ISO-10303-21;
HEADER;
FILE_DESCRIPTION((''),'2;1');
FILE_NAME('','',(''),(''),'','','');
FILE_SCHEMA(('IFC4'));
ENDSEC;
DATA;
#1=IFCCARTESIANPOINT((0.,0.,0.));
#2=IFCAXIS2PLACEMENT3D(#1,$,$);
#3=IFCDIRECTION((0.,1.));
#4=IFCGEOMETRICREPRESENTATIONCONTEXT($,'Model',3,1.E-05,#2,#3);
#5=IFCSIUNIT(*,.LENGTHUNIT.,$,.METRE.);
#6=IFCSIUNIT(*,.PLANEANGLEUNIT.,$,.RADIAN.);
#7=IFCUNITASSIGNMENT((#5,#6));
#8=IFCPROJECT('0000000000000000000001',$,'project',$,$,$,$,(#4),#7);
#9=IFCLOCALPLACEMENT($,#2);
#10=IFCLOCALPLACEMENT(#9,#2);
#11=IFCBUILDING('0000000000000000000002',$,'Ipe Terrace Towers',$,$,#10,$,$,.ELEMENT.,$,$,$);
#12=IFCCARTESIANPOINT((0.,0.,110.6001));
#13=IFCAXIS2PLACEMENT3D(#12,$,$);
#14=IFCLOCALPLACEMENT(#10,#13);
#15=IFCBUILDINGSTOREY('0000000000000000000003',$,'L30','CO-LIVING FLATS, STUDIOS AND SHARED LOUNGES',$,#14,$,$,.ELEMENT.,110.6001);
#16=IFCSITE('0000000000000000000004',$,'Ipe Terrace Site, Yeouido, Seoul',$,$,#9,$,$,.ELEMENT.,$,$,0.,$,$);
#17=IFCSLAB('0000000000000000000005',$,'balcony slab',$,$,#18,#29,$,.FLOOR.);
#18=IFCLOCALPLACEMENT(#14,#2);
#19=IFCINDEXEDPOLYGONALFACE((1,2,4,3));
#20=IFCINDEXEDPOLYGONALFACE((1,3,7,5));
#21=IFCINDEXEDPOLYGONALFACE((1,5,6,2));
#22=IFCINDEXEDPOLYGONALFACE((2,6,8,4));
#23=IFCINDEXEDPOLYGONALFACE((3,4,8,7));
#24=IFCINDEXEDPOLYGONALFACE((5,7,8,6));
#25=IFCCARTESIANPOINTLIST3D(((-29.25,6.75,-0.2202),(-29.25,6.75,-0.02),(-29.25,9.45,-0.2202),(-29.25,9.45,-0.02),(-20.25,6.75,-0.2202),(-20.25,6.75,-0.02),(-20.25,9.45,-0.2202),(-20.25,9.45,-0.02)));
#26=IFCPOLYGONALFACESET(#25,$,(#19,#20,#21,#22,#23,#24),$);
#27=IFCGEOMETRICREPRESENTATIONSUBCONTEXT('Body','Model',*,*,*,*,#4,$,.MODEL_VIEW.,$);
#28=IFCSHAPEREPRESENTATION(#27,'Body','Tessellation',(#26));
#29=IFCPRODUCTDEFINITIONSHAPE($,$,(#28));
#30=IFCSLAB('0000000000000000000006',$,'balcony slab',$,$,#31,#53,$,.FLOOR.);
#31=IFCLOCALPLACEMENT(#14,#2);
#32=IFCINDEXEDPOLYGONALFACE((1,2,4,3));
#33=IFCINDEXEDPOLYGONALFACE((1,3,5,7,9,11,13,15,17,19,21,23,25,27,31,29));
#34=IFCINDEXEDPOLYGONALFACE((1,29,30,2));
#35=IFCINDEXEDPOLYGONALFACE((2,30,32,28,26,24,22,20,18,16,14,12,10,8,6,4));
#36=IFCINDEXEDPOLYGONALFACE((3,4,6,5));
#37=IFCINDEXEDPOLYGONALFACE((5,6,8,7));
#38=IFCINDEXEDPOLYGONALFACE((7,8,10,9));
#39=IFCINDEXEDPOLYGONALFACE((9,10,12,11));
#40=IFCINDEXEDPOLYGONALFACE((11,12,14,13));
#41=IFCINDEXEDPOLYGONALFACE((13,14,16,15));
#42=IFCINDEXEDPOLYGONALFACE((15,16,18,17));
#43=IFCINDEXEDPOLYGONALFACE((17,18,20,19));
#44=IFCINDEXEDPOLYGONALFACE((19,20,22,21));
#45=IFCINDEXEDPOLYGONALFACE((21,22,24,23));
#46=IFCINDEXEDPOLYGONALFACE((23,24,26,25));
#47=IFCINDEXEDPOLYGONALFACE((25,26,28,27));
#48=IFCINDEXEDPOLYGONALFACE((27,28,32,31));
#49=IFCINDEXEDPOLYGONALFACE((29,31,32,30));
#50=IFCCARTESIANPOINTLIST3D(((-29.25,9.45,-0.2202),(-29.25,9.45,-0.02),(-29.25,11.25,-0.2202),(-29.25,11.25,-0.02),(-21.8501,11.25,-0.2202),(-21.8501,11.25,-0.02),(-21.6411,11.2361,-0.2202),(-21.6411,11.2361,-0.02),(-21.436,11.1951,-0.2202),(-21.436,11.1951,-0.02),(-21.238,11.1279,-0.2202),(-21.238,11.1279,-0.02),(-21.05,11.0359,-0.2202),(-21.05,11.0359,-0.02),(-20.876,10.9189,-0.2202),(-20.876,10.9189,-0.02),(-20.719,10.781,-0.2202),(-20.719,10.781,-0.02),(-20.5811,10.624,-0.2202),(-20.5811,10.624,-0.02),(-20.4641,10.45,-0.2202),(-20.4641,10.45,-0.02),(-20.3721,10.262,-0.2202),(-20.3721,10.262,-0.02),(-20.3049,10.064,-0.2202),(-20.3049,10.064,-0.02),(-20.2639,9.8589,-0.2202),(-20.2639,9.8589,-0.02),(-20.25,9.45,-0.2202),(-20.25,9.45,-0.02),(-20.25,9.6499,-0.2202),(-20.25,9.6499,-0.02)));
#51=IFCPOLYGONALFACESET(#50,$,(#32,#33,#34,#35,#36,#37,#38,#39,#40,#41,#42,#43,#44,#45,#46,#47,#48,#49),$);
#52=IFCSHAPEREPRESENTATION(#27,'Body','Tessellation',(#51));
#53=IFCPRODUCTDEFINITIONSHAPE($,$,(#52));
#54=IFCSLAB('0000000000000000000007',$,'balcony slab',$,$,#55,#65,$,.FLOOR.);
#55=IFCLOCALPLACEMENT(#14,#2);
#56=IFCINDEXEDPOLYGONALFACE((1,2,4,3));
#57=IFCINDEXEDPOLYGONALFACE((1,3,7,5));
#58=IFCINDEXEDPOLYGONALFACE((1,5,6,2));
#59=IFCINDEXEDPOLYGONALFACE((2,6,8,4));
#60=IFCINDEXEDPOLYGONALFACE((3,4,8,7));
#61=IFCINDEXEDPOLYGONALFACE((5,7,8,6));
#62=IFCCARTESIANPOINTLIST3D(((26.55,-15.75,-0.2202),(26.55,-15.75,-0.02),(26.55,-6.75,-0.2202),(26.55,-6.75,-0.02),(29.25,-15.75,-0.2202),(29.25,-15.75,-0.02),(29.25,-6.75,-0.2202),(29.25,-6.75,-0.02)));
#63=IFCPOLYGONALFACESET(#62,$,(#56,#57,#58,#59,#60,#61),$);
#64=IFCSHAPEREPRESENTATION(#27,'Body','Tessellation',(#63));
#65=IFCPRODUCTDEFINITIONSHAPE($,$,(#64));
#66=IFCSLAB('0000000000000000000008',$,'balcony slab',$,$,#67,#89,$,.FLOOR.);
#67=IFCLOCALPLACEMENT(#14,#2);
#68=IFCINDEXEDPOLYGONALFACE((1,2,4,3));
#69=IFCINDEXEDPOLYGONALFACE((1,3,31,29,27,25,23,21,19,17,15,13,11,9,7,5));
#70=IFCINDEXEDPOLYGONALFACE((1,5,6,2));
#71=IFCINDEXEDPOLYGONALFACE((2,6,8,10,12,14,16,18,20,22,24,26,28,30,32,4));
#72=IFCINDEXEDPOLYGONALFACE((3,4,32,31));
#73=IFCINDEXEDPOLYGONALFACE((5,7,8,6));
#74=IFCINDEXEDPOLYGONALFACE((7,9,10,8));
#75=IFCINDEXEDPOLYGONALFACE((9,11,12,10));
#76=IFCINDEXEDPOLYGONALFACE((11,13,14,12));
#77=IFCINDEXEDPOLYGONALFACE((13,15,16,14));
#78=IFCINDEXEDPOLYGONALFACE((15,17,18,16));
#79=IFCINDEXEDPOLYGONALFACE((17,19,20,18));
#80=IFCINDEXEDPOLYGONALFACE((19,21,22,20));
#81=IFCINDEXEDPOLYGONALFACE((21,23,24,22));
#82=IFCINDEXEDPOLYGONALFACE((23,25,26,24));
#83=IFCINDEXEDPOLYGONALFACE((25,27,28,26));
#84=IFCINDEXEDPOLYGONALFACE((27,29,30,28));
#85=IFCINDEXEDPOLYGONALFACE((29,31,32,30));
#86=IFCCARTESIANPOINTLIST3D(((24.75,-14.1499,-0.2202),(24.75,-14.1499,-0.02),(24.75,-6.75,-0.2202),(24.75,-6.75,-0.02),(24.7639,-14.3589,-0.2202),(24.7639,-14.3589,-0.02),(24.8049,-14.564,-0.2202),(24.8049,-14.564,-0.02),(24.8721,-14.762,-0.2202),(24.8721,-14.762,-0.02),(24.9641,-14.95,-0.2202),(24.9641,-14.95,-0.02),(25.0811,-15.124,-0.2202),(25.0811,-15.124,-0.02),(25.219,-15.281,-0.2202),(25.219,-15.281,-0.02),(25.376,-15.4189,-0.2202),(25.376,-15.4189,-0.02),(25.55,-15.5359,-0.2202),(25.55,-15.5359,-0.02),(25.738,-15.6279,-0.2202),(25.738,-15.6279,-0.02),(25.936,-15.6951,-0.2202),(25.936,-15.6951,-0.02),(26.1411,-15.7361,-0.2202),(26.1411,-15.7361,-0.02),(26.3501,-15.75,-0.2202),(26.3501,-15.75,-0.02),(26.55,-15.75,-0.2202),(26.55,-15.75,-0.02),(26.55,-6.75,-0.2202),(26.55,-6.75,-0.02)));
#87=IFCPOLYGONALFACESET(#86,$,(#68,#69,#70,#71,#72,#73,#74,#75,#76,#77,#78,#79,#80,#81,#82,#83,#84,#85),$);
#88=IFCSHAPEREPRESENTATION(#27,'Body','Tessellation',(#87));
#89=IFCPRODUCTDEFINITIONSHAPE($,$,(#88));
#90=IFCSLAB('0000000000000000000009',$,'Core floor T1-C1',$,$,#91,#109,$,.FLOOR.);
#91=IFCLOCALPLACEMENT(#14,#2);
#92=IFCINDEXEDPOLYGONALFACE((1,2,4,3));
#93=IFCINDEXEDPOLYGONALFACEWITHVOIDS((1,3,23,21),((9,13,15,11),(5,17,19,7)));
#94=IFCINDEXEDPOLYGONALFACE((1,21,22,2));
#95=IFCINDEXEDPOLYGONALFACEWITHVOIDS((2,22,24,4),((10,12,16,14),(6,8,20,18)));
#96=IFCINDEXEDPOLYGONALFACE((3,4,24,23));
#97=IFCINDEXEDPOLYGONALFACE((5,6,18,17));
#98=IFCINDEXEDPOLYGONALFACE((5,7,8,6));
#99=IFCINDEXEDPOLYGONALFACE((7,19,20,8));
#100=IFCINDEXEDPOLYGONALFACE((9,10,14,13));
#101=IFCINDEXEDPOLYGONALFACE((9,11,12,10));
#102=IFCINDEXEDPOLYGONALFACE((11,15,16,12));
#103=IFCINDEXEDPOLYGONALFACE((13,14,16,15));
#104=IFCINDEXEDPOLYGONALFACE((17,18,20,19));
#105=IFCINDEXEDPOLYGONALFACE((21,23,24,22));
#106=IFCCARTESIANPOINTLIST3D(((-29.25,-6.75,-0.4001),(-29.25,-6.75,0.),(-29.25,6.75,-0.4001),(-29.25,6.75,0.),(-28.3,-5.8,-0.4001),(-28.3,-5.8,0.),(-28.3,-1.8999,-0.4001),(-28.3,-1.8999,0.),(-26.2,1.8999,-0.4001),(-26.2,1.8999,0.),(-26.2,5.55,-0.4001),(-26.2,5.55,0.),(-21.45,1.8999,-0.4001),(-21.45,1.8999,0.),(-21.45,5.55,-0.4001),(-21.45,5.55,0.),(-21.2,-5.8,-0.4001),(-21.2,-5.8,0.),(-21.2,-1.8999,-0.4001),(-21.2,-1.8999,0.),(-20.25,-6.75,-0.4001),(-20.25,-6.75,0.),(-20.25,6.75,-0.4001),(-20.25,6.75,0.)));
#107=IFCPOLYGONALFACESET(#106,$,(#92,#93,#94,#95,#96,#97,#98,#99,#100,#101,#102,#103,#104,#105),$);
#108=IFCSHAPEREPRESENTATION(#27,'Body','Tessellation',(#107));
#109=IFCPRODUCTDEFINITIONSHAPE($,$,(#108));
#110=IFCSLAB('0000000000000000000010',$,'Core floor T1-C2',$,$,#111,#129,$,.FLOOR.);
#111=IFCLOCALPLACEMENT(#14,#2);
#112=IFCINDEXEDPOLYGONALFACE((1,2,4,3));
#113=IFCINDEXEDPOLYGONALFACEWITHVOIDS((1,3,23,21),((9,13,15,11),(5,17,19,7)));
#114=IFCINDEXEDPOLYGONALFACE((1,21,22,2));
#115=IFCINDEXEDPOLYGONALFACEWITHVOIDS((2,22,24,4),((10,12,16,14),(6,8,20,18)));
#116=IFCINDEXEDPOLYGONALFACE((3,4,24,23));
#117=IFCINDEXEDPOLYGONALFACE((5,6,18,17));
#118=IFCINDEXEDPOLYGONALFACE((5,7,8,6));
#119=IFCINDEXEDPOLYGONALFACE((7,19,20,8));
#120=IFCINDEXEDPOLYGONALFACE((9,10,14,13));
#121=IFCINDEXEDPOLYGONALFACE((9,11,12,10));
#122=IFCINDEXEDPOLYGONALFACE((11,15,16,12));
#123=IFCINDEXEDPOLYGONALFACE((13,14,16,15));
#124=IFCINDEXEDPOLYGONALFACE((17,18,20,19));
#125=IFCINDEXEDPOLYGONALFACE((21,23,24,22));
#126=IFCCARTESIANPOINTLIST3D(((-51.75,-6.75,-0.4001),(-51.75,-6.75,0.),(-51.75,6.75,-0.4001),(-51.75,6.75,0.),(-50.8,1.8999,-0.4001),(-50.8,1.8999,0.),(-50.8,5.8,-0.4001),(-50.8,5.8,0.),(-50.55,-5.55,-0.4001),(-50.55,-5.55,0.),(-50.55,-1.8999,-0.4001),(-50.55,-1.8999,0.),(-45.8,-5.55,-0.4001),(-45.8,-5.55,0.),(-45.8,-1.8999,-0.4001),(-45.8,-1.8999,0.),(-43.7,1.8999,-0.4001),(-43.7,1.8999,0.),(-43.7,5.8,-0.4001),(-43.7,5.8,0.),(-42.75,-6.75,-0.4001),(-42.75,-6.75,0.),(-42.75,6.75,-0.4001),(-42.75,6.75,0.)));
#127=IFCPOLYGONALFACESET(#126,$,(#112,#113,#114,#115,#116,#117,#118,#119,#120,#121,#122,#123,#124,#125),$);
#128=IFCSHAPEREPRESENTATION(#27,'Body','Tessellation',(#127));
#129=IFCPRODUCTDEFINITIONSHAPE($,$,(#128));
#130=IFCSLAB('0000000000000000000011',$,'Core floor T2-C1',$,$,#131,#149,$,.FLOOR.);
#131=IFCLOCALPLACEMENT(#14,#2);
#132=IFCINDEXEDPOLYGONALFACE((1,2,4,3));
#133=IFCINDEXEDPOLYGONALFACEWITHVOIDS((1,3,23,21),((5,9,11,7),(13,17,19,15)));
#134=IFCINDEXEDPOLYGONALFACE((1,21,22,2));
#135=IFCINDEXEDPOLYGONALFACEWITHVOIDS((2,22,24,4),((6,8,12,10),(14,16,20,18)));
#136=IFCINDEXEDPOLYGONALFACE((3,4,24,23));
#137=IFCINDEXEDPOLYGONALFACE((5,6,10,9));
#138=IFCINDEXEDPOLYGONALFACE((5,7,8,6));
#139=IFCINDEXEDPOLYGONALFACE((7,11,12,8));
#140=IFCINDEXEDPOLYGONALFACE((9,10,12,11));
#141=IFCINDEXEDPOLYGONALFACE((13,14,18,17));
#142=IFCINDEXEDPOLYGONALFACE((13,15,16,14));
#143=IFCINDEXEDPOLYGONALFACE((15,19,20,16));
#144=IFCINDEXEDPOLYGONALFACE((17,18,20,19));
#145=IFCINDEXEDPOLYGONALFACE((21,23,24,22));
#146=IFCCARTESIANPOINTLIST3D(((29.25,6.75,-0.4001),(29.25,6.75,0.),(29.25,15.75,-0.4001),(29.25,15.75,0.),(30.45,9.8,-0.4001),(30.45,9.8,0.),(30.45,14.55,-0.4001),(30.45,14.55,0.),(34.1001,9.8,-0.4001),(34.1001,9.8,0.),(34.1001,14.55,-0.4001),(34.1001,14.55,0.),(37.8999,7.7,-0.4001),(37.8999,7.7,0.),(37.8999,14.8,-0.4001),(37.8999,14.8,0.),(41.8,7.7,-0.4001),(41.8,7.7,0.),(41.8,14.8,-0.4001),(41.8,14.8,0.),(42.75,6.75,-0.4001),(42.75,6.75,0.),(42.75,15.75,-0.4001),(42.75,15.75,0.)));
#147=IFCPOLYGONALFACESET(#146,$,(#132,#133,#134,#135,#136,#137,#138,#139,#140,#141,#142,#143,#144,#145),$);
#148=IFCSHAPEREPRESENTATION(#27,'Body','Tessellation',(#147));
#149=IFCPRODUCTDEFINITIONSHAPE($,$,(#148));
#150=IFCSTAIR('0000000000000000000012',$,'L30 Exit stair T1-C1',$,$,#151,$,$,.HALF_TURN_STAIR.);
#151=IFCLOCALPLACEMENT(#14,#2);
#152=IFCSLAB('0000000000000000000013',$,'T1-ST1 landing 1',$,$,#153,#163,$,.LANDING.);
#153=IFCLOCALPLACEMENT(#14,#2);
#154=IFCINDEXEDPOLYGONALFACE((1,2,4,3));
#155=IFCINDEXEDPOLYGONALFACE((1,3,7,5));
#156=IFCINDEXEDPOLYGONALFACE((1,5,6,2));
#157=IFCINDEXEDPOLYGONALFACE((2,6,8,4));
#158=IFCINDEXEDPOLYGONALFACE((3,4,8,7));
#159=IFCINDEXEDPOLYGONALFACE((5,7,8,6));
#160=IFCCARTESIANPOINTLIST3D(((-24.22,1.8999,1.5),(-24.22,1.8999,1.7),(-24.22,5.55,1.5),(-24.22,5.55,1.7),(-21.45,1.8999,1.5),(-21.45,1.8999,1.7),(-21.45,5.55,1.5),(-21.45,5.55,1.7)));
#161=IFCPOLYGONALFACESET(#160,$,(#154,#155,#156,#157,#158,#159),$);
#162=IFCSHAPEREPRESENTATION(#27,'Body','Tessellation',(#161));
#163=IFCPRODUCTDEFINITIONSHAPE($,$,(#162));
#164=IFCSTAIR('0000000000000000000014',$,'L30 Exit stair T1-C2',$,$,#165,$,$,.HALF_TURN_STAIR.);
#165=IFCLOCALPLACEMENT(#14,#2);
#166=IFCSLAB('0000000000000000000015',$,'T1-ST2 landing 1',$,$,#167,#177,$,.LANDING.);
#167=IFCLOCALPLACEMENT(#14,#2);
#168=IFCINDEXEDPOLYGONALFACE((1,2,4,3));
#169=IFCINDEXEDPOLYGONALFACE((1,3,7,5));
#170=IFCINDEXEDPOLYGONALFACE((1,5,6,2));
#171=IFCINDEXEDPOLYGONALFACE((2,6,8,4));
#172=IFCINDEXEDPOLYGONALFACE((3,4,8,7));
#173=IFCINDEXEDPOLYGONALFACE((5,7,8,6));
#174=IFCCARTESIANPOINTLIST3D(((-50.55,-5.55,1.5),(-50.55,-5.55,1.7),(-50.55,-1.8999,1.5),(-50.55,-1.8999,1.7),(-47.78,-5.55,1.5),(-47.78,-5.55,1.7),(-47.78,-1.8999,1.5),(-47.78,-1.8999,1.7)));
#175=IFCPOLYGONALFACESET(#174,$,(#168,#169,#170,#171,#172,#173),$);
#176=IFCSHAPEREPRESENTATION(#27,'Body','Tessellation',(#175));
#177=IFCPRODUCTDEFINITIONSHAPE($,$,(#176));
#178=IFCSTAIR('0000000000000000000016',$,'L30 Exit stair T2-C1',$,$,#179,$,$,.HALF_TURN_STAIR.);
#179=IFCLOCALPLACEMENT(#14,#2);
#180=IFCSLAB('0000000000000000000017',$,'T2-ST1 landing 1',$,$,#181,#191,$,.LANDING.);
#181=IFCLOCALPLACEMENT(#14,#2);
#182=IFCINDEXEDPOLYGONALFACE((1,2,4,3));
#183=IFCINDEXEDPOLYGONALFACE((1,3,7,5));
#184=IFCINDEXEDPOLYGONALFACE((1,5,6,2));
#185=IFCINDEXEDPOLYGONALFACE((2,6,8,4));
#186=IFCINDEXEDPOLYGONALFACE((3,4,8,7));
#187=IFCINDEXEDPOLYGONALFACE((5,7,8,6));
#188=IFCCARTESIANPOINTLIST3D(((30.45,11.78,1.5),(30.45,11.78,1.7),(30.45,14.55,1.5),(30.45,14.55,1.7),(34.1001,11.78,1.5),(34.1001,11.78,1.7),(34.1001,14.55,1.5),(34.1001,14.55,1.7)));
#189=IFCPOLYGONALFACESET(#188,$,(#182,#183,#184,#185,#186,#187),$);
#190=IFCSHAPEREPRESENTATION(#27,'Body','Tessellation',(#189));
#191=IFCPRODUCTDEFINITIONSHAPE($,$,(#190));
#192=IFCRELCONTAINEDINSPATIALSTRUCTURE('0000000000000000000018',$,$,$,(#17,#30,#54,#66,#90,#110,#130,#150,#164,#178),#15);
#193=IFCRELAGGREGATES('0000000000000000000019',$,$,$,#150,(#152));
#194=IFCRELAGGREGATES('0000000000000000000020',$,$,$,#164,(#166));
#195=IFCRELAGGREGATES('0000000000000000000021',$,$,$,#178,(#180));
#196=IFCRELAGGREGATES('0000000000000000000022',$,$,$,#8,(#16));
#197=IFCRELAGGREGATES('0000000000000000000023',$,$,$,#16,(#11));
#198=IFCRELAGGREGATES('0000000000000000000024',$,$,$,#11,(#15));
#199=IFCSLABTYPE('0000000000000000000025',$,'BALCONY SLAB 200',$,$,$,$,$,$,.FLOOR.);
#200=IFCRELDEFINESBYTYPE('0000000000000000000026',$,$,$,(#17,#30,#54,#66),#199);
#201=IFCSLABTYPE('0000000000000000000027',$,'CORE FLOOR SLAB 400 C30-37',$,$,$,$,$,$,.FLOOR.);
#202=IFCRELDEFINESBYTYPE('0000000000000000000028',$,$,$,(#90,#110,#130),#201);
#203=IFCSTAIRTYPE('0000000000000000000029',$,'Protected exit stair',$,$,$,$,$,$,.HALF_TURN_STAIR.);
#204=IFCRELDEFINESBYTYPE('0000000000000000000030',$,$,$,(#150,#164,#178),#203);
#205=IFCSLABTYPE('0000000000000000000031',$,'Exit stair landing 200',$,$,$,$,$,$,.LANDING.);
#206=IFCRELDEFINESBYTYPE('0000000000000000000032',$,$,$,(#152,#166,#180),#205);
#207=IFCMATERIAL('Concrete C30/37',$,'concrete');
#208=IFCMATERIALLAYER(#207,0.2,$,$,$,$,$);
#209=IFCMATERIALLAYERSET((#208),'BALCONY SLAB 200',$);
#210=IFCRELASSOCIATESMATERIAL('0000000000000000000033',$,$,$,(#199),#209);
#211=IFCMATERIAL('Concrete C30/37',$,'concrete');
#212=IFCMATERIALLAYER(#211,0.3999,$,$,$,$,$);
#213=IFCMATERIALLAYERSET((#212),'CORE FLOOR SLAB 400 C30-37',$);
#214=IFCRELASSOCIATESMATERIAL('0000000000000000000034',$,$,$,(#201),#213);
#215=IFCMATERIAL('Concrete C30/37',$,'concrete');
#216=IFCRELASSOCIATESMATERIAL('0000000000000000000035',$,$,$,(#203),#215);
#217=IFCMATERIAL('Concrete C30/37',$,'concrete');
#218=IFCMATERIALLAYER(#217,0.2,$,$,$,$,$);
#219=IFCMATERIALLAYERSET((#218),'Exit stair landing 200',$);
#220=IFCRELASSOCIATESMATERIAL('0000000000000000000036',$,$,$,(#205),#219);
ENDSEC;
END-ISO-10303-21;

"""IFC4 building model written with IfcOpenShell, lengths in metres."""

from ifc_helpers import new_model, si_unit, direction, frame, origin, place, context, subcontext, project, spatial, polyline, outline, extrude, material, layer, layer_set, type_object, element, aggregate, save


model = new_model("IFC4")

# Units and contexts
model_context = context("Model", 3, precision=1e-05, world=origin(), true_north=direction((0.0, 1.0)))
body_context = subcontext(model_context, "Body", "Model", "MODEL_VIEW")
ifc_project = project(units=[si_unit("LENGTHUNIT", "METRE"), si_unit("PLANEANGLEUNIT", "RADIAN")], contexts=[model_context])

# Site, building, storey
site_placement = place(None, origin())
site = spatial("IfcSite", under=ifc_project, at=site_placement, Name="Ipe Terrace Site, Yeouido, Seoul", CompositionType="ELEMENT", RefElevation=0.0)
building_placement = place(site_placement, origin())
building = spatial("IfcBuilding", under=site, at=building_placement, Name="Ipe Terrace Towers", CompositionType="ELEMENT")
storey_placement = place(building_placement, frame((0.0, 0.0, 110.6001)))
storey = spatial("IfcBuildingStorey", under=building, at=storey_placement, Name="L30", Description="CO-LIVING FLATS, STUDIOS AND SHARED LOUNGES", CompositionType="ELEMENT", Elevation=110.6001)

# Slabs
ifc_material_1 = material(Name="Concrete C30/37", Category="concrete")
ifc_layer_1 = layer(ifc_material_1, 0.2)
ifc_layer_set_1 = layer_set([ifc_layer_1], Name="BALCONY SLAB 200")
slab_type_1 = type_object("IfcSlabType", Name="BALCONY SLAB 200", PredefinedType="FLOOR", material=ifc_layer_set_1)
slab_1_placement = place(storey_placement, frame((0.0, 0.0, -0.2202)))
element("IfcSlab", 1, at=slab_1_placement, inside=storey, type_object=slab_type_1, Name="balcony slab", PredefinedType="FLOOR", context=body_context, shape_type="SweptSolid", body=[
    extrude(outline(polyline([(-20.25, 6.75), (-20.25, 9.45), (-29.25, 9.45), (-29.25, 6.75), (-20.25, 6.75)])), origin(), (0.0, 0.0, 1.0), 0.2002),
])
slab_2_placement = place(storey_placement, frame((0.0, 0.0, -0.2202)))
element("IfcSlab", 2, at=slab_2_placement, inside=storey, type_object=slab_type_1, Name="balcony slab", PredefinedType="FLOOR", context=body_context, shape_type="SweptSolid", body=[
    extrude(outline(polyline([(-29.25, 11.25), (-29.25, 9.45), (-20.25, 9.45), (-20.25, 9.6499), (-20.2639, 9.8589), (-20.3049, 10.064), (-20.3721, 10.262), (-20.4641, 10.45), (-20.5811, 10.624), (-20.719, 10.781), (-20.876, 10.9189), (-21.05, 11.0359), (-21.238, 11.1279), (-21.436, 11.1951), (-21.6411, 11.2361), (-21.8501, 11.25), (-29.25, 11.25)])), origin(), (0.0, 0.0, 1.0), 0.2002),
])
slab_3_placement = place(storey_placement, frame((0.0, 0.0, -0.2202)))
element("IfcSlab", 3, at=slab_3_placement, inside=storey, type_object=slab_type_1, Name="balcony slab", PredefinedType="FLOOR", context=body_context, shape_type="SweptSolid", body=[
    extrude(outline(polyline([(29.25, -15.75), (29.25, -6.75), (26.55, -6.75), (26.55, -15.75), (29.25, -15.75)])), origin(), (0.0, 0.0, 1.0), 0.2002),
])
slab_4_placement = place(storey_placement, frame((0.0, 0.0, -0.2202)))
element("IfcSlab", 4, at=slab_4_placement, inside=storey, type_object=slab_type_1, Name="balcony slab", PredefinedType="FLOOR", context=body_context, shape_type="SweptSolid", body=[
    extrude(outline(polyline([(24.75, -6.75), (24.75, -14.1499), (24.7639, -14.3589), (24.8049, -14.564), (24.8721, -14.762), (24.9641, -14.95), (25.0811, -15.124), (25.219, -15.281), (25.376, -15.4189), (25.55, -15.5359), (25.738, -15.6279), (25.936, -15.6951), (26.1411, -15.7361), (26.3501, -15.75), (26.55, -15.75), (26.55, -6.75), (24.75, -6.75)])), origin(), (0.0, 0.0, 1.0), 0.2002),
])
ifc_material_2 = material(Name="Concrete C30/37", Category="concrete")
ifc_layer_2 = layer(ifc_material_2, 0.3999)
ifc_layer_set_2 = layer_set([ifc_layer_2], Name="CORE FLOOR SLAB 400 C30-37")
slab_type_2 = type_object("IfcSlabType", Name="CORE FLOOR SLAB 400 C30-37", PredefinedType="FLOOR", material=ifc_layer_set_2)
slab_5_placement = place(storey_placement, frame((0.0, 0.0, -0.4001)))
element("IfcSlab", 5, at=slab_5_placement, inside=storey, type_object=slab_type_2, Name="Core floor T1-C1", PredefinedType="FLOOR", context=body_context, shape_type="SweptSolid", body=[
    extrude(outline(polyline([(-29.25, -6.75), (-29.25, 6.75), (-20.25, 6.75), (-20.25, -6.75), (-29.25, -6.75)]), holes=[polyline([(-28.3, -5.8), (-21.2, -5.8), (-21.2, -1.8999), (-28.3, -1.8999), (-28.3, -5.8)]), polyline([(-26.2, 5.55), (-26.2, 1.8999), (-21.45, 1.8999), (-21.45, 5.55), (-26.2, 5.55)])]), origin(), (0.0, 0.0, 1.0), 0.4001),
])
slab_6_placement = place(storey_placement, frame((0.0, 0.0, -0.4001)))
element("IfcSlab", 6, at=slab_6_placement, inside=storey, type_object=slab_type_2, Name="Core floor T1-C2", PredefinedType="FLOOR", context=body_context, shape_type="SweptSolid", body=[
    extrude(outline(polyline([(-51.75, -6.75), (-51.75, 6.75), (-42.75, 6.75), (-42.75, -6.75), (-51.75, -6.75)]), holes=[polyline([(-45.8, -5.55), (-45.8, -1.8999), (-50.55, -1.8999), (-50.55, -5.55), (-45.8, -5.55)]), polyline([(-50.8, 1.8999), (-43.7, 1.8999), (-43.7, 5.8), (-50.8, 5.8), (-50.8, 1.8999)])]), origin(), (0.0, 0.0, 1.0), 0.4001),
])
slab_7_placement = place(storey_placement, frame((0.0, 0.0, -0.4001)))
element("IfcSlab", 7, at=slab_7_placement, inside=storey, type_object=slab_type_2, Name="Core floor T2-C1", PredefinedType="FLOOR", context=body_context, shape_type="SweptSolid", body=[
    extrude(outline(polyline([(29.25, 6.75), (29.25, 15.75), (42.75, 15.75), (42.75, 6.75), (29.25, 6.75)]), holes=[polyline([(41.8, 7.7), (41.8, 14.8), (37.8999, 14.8), (37.8999, 7.7), (41.8, 7.7)]), polyline([(30.45, 9.8), (34.1001, 9.8), (34.1001, 14.55), (30.45, 14.55), (30.45, 9.8)])]), origin(), (0.0, 0.0, 1.0), 0.4001),
])

# Stairs, slabs
ifc_material_3 = material(Name="Concrete C30/37", Category="concrete")
stair_type = type_object("IfcStairType", Name="Protected exit stair", PredefinedType="HALF_TURN_STAIR", material=ifc_material_3)
stair_1_placement = place(storey_placement, origin())
stair_1 = element("IfcStair", 8, at=stair_1_placement, inside=storey, type_object=stair_type, Name="L30 Exit stair T1-C1", PredefinedType="HALF_TURN_STAIR")
ifc_material_4 = material(Name="Concrete C30/37", Category="concrete")
ifc_layer_3 = layer(ifc_material_4, 0.2)
ifc_layer_set_3 = layer_set([ifc_layer_3], Name="Exit stair landing 200")
slab_type_3 = type_object("IfcSlabType", Name="Exit stair landing 200", PredefinedType="LANDING", material=ifc_layer_set_3)
slab_8_placement = place(storey_placement, frame((0.0, 0.0, 1.5)))
slab_8 = element("IfcSlab", 9, at=slab_8_placement, type_object=slab_type_3, Name="T1-ST1 landing 1", PredefinedType="LANDING", context=body_context, shape_type="SweptSolid", body=[
    extrude(outline(polyline([(-24.22, 1.8999), (-21.45, 1.8999), (-21.45, 5.55), (-24.22, 5.55), (-24.22, 1.8999)])), origin(), (0.0, 0.0, 1.0), 0.2),
])
aggregate(stair_1, [slab_8])
stair_2_placement = place(storey_placement, origin())
stair_2 = element("IfcStair", 10, at=stair_2_placement, inside=storey, type_object=stair_type, Name="L30 Exit stair T1-C2", PredefinedType="HALF_TURN_STAIR")
slab_9_placement = place(storey_placement, frame((0.0, 0.0, 1.5)))
slab_9 = element("IfcSlab", 11, at=slab_9_placement, type_object=slab_type_3, Name="T1-ST2 landing 1", PredefinedType="LANDING", context=body_context, shape_type="SweptSolid", body=[
    extrude(outline(polyline([(-47.78, -1.8999), (-50.55, -1.8999), (-50.55, -5.55), (-47.78, -5.55), (-47.78, -1.8999)])), origin(), (0.0, 0.0, 1.0), 0.2),
])
aggregate(stair_2, [slab_9])
stair_3_placement = place(storey_placement, origin())
stair_3 = element("IfcStair", 12, at=stair_3_placement, inside=storey, type_object=stair_type, Name="L30 Exit stair T2-C1", PredefinedType="HALF_TURN_STAIR")
slab_10_placement = place(storey_placement, frame((0.0, 0.0, 1.5)))
slab_10 = element("IfcSlab", 13, at=slab_10_placement, type_object=slab_type_3, Name="T2-ST1 landing 1", PredefinedType="LANDING", context=body_context, shape_type="SweptSolid", body=[
    extrude(outline(polyline([(34.1001, 11.78), (34.1001, 14.55), (30.45, 14.55), (30.45, 11.78), (34.1001, 11.78)])), origin(), (0.0, 0.0, 1.0), 0.2),
])
aggregate(stair_3, [slab_10])

save(model, "model.ifc")
